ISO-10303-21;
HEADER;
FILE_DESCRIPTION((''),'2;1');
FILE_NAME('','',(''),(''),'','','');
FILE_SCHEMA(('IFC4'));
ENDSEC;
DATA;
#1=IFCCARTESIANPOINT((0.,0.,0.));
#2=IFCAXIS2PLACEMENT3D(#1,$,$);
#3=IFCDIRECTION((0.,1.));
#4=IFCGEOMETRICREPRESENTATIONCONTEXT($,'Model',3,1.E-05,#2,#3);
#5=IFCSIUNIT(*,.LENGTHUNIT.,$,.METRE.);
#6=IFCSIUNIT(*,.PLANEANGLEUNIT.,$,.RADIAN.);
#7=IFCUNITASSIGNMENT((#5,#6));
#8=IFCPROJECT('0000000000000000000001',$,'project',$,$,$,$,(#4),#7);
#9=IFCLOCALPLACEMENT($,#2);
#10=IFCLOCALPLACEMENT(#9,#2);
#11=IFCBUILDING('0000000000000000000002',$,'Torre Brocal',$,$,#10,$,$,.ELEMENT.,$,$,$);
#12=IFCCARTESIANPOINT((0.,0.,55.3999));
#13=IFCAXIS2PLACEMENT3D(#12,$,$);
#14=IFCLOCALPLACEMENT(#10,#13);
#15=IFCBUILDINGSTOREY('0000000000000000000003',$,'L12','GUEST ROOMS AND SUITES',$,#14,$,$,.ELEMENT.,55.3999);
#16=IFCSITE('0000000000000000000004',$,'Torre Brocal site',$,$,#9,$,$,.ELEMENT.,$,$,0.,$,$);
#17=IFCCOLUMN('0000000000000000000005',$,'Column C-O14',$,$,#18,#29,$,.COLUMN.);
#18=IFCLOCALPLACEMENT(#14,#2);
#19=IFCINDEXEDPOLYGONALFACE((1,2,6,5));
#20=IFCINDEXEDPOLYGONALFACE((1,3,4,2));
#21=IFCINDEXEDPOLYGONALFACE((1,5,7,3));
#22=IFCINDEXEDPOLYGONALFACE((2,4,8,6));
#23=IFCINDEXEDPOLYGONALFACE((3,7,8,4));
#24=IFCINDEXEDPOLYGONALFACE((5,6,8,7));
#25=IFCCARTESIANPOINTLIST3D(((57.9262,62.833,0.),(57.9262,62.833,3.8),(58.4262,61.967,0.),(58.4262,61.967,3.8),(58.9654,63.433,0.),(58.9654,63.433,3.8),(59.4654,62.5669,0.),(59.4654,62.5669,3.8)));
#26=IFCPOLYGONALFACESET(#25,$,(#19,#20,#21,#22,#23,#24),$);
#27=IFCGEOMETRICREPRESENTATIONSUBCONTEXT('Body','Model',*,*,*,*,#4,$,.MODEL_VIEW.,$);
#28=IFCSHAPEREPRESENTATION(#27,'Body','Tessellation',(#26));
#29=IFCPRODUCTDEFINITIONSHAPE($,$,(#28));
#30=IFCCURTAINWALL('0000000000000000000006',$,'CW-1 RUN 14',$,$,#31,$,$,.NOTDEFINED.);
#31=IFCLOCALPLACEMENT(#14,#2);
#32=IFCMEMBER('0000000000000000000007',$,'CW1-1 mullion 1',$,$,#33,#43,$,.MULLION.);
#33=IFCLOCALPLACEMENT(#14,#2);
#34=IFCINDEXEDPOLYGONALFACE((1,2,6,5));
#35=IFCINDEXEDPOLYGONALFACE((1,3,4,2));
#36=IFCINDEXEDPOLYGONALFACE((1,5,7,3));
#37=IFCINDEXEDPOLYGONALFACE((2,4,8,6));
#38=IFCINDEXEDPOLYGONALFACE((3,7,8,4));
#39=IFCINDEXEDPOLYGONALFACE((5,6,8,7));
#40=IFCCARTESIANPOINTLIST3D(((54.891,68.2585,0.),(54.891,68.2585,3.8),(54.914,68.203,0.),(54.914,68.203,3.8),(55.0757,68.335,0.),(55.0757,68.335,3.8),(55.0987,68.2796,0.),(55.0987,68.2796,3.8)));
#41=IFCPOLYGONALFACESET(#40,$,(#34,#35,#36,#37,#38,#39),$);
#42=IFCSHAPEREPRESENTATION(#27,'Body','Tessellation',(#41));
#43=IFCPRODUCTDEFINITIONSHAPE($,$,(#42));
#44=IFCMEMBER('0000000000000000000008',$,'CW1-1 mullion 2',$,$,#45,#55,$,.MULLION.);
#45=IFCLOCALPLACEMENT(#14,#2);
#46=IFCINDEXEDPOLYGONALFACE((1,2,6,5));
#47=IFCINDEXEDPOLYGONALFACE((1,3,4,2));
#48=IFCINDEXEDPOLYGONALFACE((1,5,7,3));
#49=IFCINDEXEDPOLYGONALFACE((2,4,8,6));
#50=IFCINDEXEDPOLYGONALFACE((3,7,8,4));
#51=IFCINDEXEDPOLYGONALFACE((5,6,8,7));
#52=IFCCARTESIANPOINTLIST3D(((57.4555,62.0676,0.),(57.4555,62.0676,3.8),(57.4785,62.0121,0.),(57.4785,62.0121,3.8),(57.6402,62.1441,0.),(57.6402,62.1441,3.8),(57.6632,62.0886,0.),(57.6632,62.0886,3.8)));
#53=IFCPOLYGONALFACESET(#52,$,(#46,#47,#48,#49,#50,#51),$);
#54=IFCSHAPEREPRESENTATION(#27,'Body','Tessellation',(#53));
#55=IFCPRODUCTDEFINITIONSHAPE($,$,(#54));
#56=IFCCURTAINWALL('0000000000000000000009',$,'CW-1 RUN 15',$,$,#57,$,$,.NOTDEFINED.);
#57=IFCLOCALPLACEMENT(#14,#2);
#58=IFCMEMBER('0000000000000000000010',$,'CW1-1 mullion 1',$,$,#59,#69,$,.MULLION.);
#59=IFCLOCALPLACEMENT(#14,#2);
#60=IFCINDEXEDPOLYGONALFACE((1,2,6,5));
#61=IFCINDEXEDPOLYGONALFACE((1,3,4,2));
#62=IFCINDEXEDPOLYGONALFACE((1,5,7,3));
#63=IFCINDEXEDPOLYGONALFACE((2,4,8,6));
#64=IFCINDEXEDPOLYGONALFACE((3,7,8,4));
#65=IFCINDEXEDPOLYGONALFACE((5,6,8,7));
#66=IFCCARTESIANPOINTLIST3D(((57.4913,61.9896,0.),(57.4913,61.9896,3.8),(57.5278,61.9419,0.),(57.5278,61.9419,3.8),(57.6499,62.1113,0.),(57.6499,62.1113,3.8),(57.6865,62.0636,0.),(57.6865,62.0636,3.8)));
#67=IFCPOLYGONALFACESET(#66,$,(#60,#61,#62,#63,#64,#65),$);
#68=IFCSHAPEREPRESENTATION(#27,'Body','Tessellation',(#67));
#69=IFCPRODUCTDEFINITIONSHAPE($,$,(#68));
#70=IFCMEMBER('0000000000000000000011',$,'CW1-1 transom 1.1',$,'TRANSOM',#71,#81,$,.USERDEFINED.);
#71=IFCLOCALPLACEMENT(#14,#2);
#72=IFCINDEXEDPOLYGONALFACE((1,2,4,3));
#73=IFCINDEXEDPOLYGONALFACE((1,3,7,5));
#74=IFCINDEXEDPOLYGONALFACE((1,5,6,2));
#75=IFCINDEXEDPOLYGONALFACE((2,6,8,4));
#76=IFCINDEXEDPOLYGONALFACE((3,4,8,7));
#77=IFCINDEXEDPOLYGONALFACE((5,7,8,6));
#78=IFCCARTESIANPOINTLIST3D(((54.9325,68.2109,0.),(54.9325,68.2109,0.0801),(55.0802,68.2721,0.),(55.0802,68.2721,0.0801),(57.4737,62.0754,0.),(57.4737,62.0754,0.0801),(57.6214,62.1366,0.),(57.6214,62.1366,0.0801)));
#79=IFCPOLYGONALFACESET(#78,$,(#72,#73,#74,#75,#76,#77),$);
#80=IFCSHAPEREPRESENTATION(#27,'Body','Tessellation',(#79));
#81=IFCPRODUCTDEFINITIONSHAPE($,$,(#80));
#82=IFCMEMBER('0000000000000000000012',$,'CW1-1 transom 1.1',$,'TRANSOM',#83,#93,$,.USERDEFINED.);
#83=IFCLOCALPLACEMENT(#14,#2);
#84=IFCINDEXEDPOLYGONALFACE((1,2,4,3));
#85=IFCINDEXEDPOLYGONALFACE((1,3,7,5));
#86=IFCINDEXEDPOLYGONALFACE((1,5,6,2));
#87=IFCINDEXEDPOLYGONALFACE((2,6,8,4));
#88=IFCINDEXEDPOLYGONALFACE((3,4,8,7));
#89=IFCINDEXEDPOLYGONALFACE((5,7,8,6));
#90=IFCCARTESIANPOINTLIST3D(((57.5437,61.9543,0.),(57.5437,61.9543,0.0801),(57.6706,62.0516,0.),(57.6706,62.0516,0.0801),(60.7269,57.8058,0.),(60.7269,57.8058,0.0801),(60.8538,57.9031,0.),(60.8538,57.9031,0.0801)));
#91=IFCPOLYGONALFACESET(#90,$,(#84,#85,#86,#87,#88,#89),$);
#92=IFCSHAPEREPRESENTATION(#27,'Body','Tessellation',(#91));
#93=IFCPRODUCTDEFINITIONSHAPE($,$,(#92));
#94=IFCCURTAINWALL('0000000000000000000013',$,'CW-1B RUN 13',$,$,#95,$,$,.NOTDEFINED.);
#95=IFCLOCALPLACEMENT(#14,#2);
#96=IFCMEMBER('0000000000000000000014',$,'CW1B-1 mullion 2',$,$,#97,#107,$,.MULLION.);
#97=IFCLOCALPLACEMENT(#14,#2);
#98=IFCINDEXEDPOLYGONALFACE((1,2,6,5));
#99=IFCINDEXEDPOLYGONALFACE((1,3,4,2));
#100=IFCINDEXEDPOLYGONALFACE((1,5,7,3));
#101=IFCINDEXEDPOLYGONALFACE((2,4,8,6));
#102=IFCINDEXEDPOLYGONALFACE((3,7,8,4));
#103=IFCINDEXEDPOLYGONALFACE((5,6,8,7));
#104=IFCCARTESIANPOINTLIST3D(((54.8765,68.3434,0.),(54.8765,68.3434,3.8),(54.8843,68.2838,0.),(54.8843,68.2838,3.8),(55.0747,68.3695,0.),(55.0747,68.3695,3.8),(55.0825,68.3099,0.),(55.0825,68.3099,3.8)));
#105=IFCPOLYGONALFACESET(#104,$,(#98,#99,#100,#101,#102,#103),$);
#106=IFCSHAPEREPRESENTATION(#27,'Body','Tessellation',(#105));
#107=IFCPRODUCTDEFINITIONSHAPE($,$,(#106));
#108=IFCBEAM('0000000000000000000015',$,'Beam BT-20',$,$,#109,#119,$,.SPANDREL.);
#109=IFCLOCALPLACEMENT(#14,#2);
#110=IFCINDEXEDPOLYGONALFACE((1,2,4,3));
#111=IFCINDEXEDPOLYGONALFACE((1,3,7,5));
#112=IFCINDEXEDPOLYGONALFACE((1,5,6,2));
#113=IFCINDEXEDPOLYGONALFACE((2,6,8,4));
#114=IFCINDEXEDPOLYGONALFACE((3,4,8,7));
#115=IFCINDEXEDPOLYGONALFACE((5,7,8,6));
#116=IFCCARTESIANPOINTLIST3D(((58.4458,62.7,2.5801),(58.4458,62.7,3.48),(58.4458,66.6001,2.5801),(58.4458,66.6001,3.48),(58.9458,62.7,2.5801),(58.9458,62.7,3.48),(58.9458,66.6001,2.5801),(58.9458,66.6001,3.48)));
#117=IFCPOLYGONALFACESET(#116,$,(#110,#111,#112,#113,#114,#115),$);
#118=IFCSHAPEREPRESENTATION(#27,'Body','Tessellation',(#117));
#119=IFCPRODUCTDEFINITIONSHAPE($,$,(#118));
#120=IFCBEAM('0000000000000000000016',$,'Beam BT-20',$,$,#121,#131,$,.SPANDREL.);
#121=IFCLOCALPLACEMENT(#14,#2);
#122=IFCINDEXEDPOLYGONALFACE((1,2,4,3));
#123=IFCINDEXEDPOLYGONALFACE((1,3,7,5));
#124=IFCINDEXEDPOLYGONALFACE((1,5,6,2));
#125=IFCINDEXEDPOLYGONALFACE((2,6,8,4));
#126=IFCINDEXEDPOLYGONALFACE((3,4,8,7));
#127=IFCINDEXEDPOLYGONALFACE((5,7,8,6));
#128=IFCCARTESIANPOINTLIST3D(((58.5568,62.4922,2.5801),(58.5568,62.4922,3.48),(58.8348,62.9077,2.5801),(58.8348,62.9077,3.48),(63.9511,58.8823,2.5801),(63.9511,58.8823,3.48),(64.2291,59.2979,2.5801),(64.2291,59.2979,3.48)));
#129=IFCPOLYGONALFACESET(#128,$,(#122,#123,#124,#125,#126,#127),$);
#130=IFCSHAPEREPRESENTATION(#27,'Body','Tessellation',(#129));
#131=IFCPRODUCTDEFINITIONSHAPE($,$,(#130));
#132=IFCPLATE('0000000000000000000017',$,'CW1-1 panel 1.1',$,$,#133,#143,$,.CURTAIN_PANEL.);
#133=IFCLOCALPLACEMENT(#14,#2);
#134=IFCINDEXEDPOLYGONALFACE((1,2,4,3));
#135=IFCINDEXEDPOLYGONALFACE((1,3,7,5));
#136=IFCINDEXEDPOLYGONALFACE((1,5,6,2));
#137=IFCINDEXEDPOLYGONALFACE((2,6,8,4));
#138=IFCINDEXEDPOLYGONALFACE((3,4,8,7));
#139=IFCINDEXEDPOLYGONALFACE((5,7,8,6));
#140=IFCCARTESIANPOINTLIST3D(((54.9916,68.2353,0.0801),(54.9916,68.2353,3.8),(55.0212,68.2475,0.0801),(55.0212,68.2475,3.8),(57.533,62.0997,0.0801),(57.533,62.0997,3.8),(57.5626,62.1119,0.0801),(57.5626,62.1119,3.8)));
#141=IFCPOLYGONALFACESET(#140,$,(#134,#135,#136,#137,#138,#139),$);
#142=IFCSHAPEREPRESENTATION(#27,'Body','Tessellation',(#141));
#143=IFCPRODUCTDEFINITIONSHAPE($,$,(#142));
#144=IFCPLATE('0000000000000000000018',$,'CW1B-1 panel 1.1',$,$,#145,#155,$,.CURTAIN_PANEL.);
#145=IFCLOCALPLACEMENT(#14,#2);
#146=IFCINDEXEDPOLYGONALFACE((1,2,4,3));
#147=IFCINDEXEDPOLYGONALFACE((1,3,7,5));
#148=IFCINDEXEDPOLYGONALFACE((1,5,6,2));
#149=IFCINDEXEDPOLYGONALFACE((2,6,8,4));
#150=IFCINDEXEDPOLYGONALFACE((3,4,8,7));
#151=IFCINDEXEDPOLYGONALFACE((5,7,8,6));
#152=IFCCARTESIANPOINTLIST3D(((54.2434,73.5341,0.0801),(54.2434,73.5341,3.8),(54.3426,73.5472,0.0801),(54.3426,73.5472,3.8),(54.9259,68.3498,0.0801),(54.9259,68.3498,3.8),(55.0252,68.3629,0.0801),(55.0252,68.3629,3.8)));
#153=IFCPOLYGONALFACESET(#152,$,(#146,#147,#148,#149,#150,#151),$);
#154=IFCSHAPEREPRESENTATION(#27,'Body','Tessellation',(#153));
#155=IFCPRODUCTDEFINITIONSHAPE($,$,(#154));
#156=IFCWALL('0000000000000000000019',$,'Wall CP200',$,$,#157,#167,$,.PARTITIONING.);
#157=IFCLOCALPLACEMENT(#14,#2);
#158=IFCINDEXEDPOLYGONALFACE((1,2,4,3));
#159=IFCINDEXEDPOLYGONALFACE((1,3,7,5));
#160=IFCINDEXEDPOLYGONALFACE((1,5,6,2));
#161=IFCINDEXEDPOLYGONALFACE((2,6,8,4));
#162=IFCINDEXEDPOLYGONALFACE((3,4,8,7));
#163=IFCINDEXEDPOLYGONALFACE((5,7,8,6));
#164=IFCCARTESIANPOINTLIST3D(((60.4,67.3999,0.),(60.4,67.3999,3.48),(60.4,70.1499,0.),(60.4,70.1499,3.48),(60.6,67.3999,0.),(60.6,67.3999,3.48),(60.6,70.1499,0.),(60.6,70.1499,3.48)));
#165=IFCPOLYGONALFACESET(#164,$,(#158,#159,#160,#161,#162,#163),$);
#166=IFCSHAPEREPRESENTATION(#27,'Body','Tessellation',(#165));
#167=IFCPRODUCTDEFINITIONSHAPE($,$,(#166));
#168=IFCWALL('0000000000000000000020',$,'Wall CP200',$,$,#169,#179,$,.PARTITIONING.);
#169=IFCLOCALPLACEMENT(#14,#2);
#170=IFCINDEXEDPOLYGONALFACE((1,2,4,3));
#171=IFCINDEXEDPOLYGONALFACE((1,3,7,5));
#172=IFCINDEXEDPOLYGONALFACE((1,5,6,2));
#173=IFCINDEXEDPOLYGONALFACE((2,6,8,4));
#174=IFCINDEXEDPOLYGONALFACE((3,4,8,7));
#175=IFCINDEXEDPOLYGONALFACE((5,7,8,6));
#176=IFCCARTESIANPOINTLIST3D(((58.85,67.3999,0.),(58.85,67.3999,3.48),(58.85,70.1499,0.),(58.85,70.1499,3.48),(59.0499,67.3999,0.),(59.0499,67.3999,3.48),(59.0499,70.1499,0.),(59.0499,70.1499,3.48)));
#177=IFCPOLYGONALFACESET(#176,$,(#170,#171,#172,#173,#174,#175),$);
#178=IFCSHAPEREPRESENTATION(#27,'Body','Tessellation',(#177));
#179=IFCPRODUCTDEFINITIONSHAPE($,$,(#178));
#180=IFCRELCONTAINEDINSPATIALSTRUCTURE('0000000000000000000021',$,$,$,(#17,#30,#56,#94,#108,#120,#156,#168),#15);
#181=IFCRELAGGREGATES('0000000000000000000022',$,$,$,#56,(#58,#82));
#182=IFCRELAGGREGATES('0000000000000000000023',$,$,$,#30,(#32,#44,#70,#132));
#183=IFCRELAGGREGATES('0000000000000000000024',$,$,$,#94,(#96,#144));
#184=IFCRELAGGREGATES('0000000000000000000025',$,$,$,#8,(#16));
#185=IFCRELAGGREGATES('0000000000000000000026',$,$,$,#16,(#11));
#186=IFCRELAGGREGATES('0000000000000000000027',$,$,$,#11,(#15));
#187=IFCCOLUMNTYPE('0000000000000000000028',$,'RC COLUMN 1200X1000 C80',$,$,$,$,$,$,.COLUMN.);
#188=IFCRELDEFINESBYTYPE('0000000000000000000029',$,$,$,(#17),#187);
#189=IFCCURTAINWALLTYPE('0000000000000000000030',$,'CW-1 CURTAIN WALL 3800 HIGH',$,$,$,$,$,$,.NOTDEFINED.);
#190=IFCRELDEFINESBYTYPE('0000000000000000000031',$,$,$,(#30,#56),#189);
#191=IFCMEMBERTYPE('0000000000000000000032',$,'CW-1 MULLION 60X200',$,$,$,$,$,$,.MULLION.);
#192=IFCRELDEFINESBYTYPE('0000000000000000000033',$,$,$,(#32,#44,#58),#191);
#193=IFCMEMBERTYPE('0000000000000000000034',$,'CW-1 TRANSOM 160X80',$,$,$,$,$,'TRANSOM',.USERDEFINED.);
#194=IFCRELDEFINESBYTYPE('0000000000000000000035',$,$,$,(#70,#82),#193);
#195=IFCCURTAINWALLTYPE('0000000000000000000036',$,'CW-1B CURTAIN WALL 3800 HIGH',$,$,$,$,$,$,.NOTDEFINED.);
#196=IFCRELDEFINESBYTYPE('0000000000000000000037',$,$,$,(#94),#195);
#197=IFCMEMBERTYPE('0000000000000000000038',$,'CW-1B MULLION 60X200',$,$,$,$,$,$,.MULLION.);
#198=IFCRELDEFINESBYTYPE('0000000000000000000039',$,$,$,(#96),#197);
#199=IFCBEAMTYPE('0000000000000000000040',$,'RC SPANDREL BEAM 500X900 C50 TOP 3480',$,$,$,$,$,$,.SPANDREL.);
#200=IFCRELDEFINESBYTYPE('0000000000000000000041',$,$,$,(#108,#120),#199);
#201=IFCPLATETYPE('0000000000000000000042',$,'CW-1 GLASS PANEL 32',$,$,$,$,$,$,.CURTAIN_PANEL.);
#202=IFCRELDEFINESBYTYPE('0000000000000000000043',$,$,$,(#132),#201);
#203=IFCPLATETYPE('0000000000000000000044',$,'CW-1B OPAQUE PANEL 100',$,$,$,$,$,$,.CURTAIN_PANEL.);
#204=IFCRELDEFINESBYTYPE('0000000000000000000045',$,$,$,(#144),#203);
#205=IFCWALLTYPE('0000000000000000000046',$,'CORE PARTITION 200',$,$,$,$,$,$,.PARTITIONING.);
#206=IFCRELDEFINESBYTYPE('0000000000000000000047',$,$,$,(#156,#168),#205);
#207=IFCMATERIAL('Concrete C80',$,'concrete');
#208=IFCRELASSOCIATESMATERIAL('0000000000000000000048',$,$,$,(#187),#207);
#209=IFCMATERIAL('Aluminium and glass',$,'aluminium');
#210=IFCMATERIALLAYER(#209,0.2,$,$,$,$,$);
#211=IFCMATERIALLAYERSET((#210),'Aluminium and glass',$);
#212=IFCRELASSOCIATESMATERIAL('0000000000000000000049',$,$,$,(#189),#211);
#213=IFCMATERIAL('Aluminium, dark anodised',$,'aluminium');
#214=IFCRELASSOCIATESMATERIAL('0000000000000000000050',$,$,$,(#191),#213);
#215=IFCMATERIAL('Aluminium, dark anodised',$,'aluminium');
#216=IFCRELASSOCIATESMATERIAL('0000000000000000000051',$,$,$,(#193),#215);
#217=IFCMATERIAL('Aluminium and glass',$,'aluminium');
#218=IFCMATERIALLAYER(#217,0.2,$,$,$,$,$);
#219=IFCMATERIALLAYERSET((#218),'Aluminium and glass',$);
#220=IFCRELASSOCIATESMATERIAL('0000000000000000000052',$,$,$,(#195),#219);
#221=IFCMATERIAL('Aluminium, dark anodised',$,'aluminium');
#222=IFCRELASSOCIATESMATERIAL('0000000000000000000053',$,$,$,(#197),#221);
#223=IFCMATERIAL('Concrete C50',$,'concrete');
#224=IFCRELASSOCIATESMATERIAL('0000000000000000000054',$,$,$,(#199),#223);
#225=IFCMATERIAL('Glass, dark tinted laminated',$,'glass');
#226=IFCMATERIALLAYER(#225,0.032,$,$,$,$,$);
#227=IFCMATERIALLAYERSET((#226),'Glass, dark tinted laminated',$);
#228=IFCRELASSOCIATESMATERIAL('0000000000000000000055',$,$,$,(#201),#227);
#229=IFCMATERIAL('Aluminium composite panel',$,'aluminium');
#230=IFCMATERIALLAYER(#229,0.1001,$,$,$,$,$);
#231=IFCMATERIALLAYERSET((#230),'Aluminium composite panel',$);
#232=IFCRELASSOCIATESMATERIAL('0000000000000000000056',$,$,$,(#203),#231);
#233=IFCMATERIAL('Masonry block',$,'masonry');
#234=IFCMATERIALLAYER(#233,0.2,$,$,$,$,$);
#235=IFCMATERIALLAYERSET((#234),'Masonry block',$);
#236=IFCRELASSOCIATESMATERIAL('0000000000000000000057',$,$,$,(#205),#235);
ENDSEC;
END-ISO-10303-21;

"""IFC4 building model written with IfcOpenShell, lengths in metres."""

from ifc_helpers import new_model, si_unit, direction, frame, frame_2d, origin, origin_2d, place, context, subcontext, project, spatial, rectangle, extrude, material, layer, layer_set, material_profile, profile_set, type_object, element, aggregate, save


model = new_model("IFC4")

# Units and contexts
model_context = context("Model", 3, precision=1e-05, world=origin(), true_north=direction((0.0, 1.0)))
body_context = subcontext(model_context, "Body", "Model", "MODEL_VIEW")
ifc_project = project(units=[si_unit("LENGTHUNIT", "METRE"), si_unit("PLANEANGLEUNIT", "RADIAN")], contexts=[model_context])

# Site, building, storey
site_placement = place(None, origin())
site = spatial("IfcSite", under=ifc_project, at=site_placement, Name="Torre Brocal site", CompositionType="ELEMENT", RefElevation=0.0)
building_placement = place(site_placement, origin())
building = spatial("IfcBuilding", under=site, at=building_placement, Name="Torre Brocal", CompositionType="ELEMENT")
storey_placement = place(building_placement, frame((0.0, 0.0, 55.3999)))
storey = spatial("IfcBuildingStorey", under=building, at=storey_placement, Name="L12", Description="GUEST ROOMS AND SUITES", CompositionType="ELEMENT", Elevation=55.3999)

# Column
ifc_material_1 = material(Name="Concrete C80", Category="concrete")
ifc_material_profile_1 = material_profile(ifc_material_1, rectangle(XDim=1.2, YDim=1.0, at=origin_2d()), Name="RC 1200X1000")
ifc_profile_set_1 = profile_set([ifc_material_profile_1], Name="Concrete C80")
column_type = type_object("IfcColumnType", Name="RC COLUMN 1200X1000 C80", PredefinedType="COLUMN", material=ifc_profile_set_1)
column_placement = place(storey_placement, frame((58.6958, 62.7, 0.0), z_axis=(0.0, 0.0, 1.0), x_axis=(-0.866025, -0.5, 0.0)))
element("IfcColumn", 1, at=column_placement, inside=storey, type_object=column_type, Name="Column C-O14", PredefinedType="COLUMN", context=body_context, shape_type="SweptSolid", body=[
    extrude(rectangle(XDim=1.2, YDim=1.0, at=origin_2d()), origin(), (0.0, 0.0, 1.0), 3.8),
])

# Curtain wall, members
ifc_material_2 = material(Name="Aluminium and glass", Category="aluminium")
ifc_layer_1 = layer(ifc_material_2, 0.2)
ifc_layer_set_1 = layer_set([ifc_layer_1], Name="Aluminium and glass")
curtain_wall_type_1 = type_object("IfcCurtainWallType", Name="CW-1 CURTAIN WALL 3800 HIGH", PredefinedType="NOTDEFINED", material=ifc_layer_set_1)
curtain_wall_1_placement = place(storey_placement, origin())
curtain_wall_1 = element("IfcCurtainWall", 2, at=curtain_wall_1_placement, inside=storey, type_object=curtain_wall_type_1, Name="CW-1 RUN 14", PredefinedType="NOTDEFINED")
ifc_material_3 = material(Name="Aluminium, dark anodised", Category="aluminium")
ifc_material_profile_2 = material_profile(ifc_material_3, rectangle(XDim=0.2, YDim=0.0601, at=origin_2d()), Name="CW-1 MULLION 60X200")
ifc_profile_set_2 = profile_set([ifc_material_profile_2], Name="Aluminium, dark anodised")
member_type_1 = type_object("IfcMemberType", Name="CW-1 MULLION 60X200", PredefinedType="MULLION", material=ifc_profile_set_2)
member_1_placement = place(storey_placement, frame((54.9949, 68.269, 0.0), z_axis=(0.0, 0.0, 1.0), x_axis=(0.92388, 0.382683, 0.0)))
member_1 = element("IfcMember", 3, at=member_1_placement, type_object=member_type_1, Name="CW1-1 mullion 1", PredefinedType="MULLION", context=body_context, shape_type="SweptSolid", body=[
    extrude(rectangle(XDim=0.2, YDim=0.0601, at=origin_2d()), origin(), (0.0, 0.0, 1.0), 3.8),
])
member_2_placement = place(storey_placement, frame((57.5593, 62.0781, 0.0), z_axis=(0.0, 0.0, 1.0), x_axis=(0.92388, 0.382683, 0.0)))
member_2 = element("IfcMember", 4, at=member_2_placement, type_object=member_type_1, Name="CW1-1 mullion 2", PredefinedType="MULLION", context=body_context, shape_type="SweptSolid", body=[
    extrude(rectangle(XDim=0.2, YDim=0.0601, at=origin_2d()), origin(), (0.0, 0.0, 1.0), 3.8),
])

# Curtain wall, member
curtain_wall_2_placement = place(storey_placement, origin())
curtain_wall_2 = element("IfcCurtainWall", 5, at=curtain_wall_2_placement, inside=storey, type_object=curtain_wall_type_1, Name="CW-1 RUN 15", PredefinedType="NOTDEFINED")
member_3_placement = place(storey_placement, frame((57.5889, 62.0266, 0.0), z_axis=(0.0, 0.0, 1.0), x_axis=(0.793353, 0.608761, 0.0)))
member_3 = element("IfcMember", 6, at=member_3_placement, type_object=member_type_1, Name="CW1-1 mullion 1", PredefinedType="MULLION", context=body_context, shape_type="SweptSolid", body=[
    extrude(rectangle(XDim=0.2, YDim=0.0601, at=origin_2d()), origin(), (0.0, 0.0, 1.0), 3.8),
])

# Members
ifc_material_4 = material(Name="Aluminium, dark anodised", Category="aluminium")
ifc_material_profile_3 = material_profile(ifc_material_4, rectangle(XDim=0.1599, YDim=0.0801, at=origin_2d()), Name="CW-1 TRANSOM 160X80")
ifc_profile_set_3 = profile_set([ifc_material_profile_3], Name="Aluminium, dark anodised")
member_type_2 = type_object("IfcMemberType", Name="CW-1 TRANSOM 160X80", ElementType="TRANSOM", PredefinedType="USERDEFINED", material=ifc_profile_set_3)
member_4_placement = place(storey_placement, frame((55.0063, 68.2415, 0.04), z_axis=(0.382665, -0.923887, 0.0), x_axis=(0.923887, 0.382665, 0.0)))
member_4 = element("IfcMember", 7, at=member_4_placement, type_object=member_type_2, Name="CW1-1 transom 1.1", ObjectType="TRANSOM", PredefinedType="USERDEFINED", context=body_context, shape_type="SweptSolid", body=[
    extrude(rectangle(XDim=0.1599, YDim=0.0801, at=origin_2d()), origin(), (0.0, 0.0, 1.0), 6.6409),
])
member_5_placement = place(storey_placement, frame((57.6072, 62.0029, 0.04), z_axis=(0.608749, -0.793363, 0.0), x_axis=(0.793363, 0.608749, 0.0)))
member_5 = element("IfcMember", 8, at=member_5_placement, type_object=member_type_2, Name="CW1-1 transom 1.1", ObjectType="TRANSOM", PredefinedType="USERDEFINED", context=body_context, shape_type="SweptSolid", body=[
    extrude(rectangle(XDim=0.1599, YDim=0.0801, at=origin_2d()), origin(), (0.0, 0.0, 1.0), 5.229),
])
aggregate(curtain_wall_2, [member_3, member_5])

# Curtain wall, member
ifc_material_5 = material(Name="Aluminium and glass", Category="aluminium")
ifc_layer_2 = layer(ifc_material_5, 0.2)
ifc_layer_set_2 = layer_set([ifc_layer_2], Name="Aluminium and glass")
curtain_wall_type_2 = type_object("IfcCurtainWallType", Name="CW-1B CURTAIN WALL 3800 HIGH", PredefinedType="NOTDEFINED", material=ifc_layer_set_2)
curtain_wall_3_placement = place(storey_placement, origin())
curtain_wall_3 = element("IfcCurtainWall", 9, at=curtain_wall_3_placement, inside=storey, type_object=curtain_wall_type_2, Name="CW-1B RUN 13", PredefinedType="NOTDEFINED")
ifc_material_6 = material(Name="Aluminium, dark anodised", Category="aluminium")
ifc_material_profile_4 = material_profile(ifc_material_6, rectangle(XDim=0.2, YDim=0.0601, at=origin_2d()), Name="CW-1B MULLION 60X200")
ifc_profile_set_4 = profile_set([ifc_material_profile_4], Name="Aluminium, dark anodised")
member_type_3 = type_object("IfcMemberType", Name="CW-1B MULLION 60X200", PredefinedType="MULLION", material=ifc_profile_set_4)
member_6_placement = place(storey_placement, frame((54.9795, 68.3267, 0.0), z_axis=(0.0, 0.0, 1.0), x_axis=(0.991445, 0.130526, 0.0)))
member_6 = element("IfcMember", 10, at=member_6_placement, type_object=member_type_3, Name="CW1B-1 mullion 2", PredefinedType="MULLION", context=body_context, shape_type="SweptSolid", body=[
    extrude(rectangle(XDim=0.2, YDim=0.0601, at=origin_2d()), origin(), (0.0, 0.0, 1.0), 3.8),
])

# Beams
ifc_material_7 = material(Name="Concrete C50", Category="concrete")
ifc_material_profile_5 = material_profile(ifc_material_7, rectangle(XDim=0.5, YDim=0.8999, at=origin_2d()), Name="RC 500X900")
ifc_profile_set_5 = profile_set([ifc_material_profile_5], Name="Concrete C50")
beam_type = type_object("IfcBeamType", Name="RC SPANDREL BEAM 500X900 C50 TOP 3480", PredefinedType="SPANDREL", material=ifc_profile_set_5)
beam_1_placement = place(storey_placement, frame((58.6958, 62.7, 3.03), z_axis=(0.0, 1.0, 0.0), x_axis=(-1.0, 0.0, 0.0)))
element("IfcBeam", 11, at=beam_1_placement, inside=storey, type_object=beam_type, Name="Beam BT-20", PredefinedType="SPANDREL", context=body_context, shape_type="SweptSolid", body=[
    extrude(rectangle(XDim=0.5, YDim=0.8999, at=origin_2d()), origin(), (0.0, 0.0, 1.0), 3.9001),
])
beam_2_placement = place(storey_placement, frame((58.6958, 62.7, 3.03), z_axis=(0.831077, -0.556158, 0.0), x_axis=(0.556158, 0.831077, 0.0)))
element("IfcBeam", 12, at=beam_2_placement, inside=storey, type_object=beam_type, Name="Beam BT-20", PredefinedType="SPANDREL", context=body_context, shape_type="SweptSolid", body=[
    extrude(rectangle(XDim=0.5, YDim=0.8999, at=origin_2d()), origin(), (0.0, 0.0, 1.0), 6.4907),
])

# Plates
ifc_material_8 = material(Name="Glass, dark tinted laminated", Category="glass")
ifc_layer_3 = layer(ifc_material_8, 0.032)
ifc_layer_set_3 = layer_set([ifc_layer_3], Name="Glass, dark tinted laminated")
plate_type_1 = type_object("IfcPlateType", Name="CW-1 GLASS PANEL 32", PredefinedType="CURTAIN_PANEL", material=ifc_layer_set_3)
plate_1_placement = place(storey_placement, frame((56.2771, 65.1736, 0.0801), z_axis=(0.0, 0.0, 1.0), x_axis=(0.382683, -0.92388, 0.0)))
plate_1 = element("IfcPlate", 13, at=plate_1_placement, type_object=plate_type_1, Name="CW1-1 panel 1.1", PredefinedType="CURTAIN_PANEL", context=body_context, shape_type="SweptSolid", body=[
    extrude(rectangle(XDim=6.6411, YDim=0.032, at=origin_2d()), origin(), (0.0, 0.0, 1.0), 3.72),
])
aggregate(curtain_wall_1, [member_1, member_2, member_4, plate_1])
ifc_material_9 = material(Name="Aluminium composite panel", Category="aluminium")
ifc_layer_4 = layer(ifc_material_9, 0.1001)
ifc_layer_set_4 = layer_set([ifc_layer_4], Name="Aluminium composite panel")
plate_type_2 = type_object("IfcPlateType", Name="CW-1B OPAQUE PANEL 100", PredefinedType="CURTAIN_PANEL", material=ifc_layer_set_4)
plate_2_placement = place(storey_placement, frame((54.6343, 70.9485, 0.0801), z_axis=(0.0, 0.0, 1.0), x_axis=(0.130526, -0.991445, 0.0)))
plate_2 = element("IfcPlate", 14, at=plate_2_placement, type_object=plate_type_2, Name="CW1B-1 panel 1.1", PredefinedType="CURTAIN_PANEL", context=body_context, shape_type="SweptSolid", body=[
    extrude(rectangle(XDim=5.229, YDim=0.1001, at=origin_2d()), origin(), (0.0, 0.0, 1.0), 3.72),
])
aggregate(curtain_wall_3, [member_6, plate_2])

# Walls
ifc_material_10 = material(Name="Masonry block", Category="masonry")
ifc_layer_5 = layer(ifc_material_10, 0.2)
ifc_layer_set_5 = layer_set([ifc_layer_5], Name="Masonry block")
wall_type_1 = type_object("IfcWallType", Name="CORE PARTITION 200", PredefinedType="PARTITIONING", material=ifc_layer_set_5)
for number, where, z_axis, x_axis, name in (
    (15, (60.5, 70.1499, 0.0), (0.0, 0.0, 1.0), (0.0, -1.0, 0.0), "Wall CP200"),
    (16, (58.95, 70.1499, 0.0), (0.0, 0.0, 1.0), (0.0, -1.0, 0.0), "Wall CP200"),
):
    element("IfcWall", number, at=place(storey_placement, frame(where, z_axis=z_axis, x_axis=x_axis)), inside=storey, type_object=wall_type_1, Name=name, PredefinedType="PARTITIONING", context=body_context, shape_type="SweptSolid", body=[
        extrude(rectangle(XDim=2.75, YDim=0.2, at=frame_2d((1.375, 0.0))), origin(), (0.0, 0.0, 1.0), 3.48),
    ])

save(model, "model.ifc")
